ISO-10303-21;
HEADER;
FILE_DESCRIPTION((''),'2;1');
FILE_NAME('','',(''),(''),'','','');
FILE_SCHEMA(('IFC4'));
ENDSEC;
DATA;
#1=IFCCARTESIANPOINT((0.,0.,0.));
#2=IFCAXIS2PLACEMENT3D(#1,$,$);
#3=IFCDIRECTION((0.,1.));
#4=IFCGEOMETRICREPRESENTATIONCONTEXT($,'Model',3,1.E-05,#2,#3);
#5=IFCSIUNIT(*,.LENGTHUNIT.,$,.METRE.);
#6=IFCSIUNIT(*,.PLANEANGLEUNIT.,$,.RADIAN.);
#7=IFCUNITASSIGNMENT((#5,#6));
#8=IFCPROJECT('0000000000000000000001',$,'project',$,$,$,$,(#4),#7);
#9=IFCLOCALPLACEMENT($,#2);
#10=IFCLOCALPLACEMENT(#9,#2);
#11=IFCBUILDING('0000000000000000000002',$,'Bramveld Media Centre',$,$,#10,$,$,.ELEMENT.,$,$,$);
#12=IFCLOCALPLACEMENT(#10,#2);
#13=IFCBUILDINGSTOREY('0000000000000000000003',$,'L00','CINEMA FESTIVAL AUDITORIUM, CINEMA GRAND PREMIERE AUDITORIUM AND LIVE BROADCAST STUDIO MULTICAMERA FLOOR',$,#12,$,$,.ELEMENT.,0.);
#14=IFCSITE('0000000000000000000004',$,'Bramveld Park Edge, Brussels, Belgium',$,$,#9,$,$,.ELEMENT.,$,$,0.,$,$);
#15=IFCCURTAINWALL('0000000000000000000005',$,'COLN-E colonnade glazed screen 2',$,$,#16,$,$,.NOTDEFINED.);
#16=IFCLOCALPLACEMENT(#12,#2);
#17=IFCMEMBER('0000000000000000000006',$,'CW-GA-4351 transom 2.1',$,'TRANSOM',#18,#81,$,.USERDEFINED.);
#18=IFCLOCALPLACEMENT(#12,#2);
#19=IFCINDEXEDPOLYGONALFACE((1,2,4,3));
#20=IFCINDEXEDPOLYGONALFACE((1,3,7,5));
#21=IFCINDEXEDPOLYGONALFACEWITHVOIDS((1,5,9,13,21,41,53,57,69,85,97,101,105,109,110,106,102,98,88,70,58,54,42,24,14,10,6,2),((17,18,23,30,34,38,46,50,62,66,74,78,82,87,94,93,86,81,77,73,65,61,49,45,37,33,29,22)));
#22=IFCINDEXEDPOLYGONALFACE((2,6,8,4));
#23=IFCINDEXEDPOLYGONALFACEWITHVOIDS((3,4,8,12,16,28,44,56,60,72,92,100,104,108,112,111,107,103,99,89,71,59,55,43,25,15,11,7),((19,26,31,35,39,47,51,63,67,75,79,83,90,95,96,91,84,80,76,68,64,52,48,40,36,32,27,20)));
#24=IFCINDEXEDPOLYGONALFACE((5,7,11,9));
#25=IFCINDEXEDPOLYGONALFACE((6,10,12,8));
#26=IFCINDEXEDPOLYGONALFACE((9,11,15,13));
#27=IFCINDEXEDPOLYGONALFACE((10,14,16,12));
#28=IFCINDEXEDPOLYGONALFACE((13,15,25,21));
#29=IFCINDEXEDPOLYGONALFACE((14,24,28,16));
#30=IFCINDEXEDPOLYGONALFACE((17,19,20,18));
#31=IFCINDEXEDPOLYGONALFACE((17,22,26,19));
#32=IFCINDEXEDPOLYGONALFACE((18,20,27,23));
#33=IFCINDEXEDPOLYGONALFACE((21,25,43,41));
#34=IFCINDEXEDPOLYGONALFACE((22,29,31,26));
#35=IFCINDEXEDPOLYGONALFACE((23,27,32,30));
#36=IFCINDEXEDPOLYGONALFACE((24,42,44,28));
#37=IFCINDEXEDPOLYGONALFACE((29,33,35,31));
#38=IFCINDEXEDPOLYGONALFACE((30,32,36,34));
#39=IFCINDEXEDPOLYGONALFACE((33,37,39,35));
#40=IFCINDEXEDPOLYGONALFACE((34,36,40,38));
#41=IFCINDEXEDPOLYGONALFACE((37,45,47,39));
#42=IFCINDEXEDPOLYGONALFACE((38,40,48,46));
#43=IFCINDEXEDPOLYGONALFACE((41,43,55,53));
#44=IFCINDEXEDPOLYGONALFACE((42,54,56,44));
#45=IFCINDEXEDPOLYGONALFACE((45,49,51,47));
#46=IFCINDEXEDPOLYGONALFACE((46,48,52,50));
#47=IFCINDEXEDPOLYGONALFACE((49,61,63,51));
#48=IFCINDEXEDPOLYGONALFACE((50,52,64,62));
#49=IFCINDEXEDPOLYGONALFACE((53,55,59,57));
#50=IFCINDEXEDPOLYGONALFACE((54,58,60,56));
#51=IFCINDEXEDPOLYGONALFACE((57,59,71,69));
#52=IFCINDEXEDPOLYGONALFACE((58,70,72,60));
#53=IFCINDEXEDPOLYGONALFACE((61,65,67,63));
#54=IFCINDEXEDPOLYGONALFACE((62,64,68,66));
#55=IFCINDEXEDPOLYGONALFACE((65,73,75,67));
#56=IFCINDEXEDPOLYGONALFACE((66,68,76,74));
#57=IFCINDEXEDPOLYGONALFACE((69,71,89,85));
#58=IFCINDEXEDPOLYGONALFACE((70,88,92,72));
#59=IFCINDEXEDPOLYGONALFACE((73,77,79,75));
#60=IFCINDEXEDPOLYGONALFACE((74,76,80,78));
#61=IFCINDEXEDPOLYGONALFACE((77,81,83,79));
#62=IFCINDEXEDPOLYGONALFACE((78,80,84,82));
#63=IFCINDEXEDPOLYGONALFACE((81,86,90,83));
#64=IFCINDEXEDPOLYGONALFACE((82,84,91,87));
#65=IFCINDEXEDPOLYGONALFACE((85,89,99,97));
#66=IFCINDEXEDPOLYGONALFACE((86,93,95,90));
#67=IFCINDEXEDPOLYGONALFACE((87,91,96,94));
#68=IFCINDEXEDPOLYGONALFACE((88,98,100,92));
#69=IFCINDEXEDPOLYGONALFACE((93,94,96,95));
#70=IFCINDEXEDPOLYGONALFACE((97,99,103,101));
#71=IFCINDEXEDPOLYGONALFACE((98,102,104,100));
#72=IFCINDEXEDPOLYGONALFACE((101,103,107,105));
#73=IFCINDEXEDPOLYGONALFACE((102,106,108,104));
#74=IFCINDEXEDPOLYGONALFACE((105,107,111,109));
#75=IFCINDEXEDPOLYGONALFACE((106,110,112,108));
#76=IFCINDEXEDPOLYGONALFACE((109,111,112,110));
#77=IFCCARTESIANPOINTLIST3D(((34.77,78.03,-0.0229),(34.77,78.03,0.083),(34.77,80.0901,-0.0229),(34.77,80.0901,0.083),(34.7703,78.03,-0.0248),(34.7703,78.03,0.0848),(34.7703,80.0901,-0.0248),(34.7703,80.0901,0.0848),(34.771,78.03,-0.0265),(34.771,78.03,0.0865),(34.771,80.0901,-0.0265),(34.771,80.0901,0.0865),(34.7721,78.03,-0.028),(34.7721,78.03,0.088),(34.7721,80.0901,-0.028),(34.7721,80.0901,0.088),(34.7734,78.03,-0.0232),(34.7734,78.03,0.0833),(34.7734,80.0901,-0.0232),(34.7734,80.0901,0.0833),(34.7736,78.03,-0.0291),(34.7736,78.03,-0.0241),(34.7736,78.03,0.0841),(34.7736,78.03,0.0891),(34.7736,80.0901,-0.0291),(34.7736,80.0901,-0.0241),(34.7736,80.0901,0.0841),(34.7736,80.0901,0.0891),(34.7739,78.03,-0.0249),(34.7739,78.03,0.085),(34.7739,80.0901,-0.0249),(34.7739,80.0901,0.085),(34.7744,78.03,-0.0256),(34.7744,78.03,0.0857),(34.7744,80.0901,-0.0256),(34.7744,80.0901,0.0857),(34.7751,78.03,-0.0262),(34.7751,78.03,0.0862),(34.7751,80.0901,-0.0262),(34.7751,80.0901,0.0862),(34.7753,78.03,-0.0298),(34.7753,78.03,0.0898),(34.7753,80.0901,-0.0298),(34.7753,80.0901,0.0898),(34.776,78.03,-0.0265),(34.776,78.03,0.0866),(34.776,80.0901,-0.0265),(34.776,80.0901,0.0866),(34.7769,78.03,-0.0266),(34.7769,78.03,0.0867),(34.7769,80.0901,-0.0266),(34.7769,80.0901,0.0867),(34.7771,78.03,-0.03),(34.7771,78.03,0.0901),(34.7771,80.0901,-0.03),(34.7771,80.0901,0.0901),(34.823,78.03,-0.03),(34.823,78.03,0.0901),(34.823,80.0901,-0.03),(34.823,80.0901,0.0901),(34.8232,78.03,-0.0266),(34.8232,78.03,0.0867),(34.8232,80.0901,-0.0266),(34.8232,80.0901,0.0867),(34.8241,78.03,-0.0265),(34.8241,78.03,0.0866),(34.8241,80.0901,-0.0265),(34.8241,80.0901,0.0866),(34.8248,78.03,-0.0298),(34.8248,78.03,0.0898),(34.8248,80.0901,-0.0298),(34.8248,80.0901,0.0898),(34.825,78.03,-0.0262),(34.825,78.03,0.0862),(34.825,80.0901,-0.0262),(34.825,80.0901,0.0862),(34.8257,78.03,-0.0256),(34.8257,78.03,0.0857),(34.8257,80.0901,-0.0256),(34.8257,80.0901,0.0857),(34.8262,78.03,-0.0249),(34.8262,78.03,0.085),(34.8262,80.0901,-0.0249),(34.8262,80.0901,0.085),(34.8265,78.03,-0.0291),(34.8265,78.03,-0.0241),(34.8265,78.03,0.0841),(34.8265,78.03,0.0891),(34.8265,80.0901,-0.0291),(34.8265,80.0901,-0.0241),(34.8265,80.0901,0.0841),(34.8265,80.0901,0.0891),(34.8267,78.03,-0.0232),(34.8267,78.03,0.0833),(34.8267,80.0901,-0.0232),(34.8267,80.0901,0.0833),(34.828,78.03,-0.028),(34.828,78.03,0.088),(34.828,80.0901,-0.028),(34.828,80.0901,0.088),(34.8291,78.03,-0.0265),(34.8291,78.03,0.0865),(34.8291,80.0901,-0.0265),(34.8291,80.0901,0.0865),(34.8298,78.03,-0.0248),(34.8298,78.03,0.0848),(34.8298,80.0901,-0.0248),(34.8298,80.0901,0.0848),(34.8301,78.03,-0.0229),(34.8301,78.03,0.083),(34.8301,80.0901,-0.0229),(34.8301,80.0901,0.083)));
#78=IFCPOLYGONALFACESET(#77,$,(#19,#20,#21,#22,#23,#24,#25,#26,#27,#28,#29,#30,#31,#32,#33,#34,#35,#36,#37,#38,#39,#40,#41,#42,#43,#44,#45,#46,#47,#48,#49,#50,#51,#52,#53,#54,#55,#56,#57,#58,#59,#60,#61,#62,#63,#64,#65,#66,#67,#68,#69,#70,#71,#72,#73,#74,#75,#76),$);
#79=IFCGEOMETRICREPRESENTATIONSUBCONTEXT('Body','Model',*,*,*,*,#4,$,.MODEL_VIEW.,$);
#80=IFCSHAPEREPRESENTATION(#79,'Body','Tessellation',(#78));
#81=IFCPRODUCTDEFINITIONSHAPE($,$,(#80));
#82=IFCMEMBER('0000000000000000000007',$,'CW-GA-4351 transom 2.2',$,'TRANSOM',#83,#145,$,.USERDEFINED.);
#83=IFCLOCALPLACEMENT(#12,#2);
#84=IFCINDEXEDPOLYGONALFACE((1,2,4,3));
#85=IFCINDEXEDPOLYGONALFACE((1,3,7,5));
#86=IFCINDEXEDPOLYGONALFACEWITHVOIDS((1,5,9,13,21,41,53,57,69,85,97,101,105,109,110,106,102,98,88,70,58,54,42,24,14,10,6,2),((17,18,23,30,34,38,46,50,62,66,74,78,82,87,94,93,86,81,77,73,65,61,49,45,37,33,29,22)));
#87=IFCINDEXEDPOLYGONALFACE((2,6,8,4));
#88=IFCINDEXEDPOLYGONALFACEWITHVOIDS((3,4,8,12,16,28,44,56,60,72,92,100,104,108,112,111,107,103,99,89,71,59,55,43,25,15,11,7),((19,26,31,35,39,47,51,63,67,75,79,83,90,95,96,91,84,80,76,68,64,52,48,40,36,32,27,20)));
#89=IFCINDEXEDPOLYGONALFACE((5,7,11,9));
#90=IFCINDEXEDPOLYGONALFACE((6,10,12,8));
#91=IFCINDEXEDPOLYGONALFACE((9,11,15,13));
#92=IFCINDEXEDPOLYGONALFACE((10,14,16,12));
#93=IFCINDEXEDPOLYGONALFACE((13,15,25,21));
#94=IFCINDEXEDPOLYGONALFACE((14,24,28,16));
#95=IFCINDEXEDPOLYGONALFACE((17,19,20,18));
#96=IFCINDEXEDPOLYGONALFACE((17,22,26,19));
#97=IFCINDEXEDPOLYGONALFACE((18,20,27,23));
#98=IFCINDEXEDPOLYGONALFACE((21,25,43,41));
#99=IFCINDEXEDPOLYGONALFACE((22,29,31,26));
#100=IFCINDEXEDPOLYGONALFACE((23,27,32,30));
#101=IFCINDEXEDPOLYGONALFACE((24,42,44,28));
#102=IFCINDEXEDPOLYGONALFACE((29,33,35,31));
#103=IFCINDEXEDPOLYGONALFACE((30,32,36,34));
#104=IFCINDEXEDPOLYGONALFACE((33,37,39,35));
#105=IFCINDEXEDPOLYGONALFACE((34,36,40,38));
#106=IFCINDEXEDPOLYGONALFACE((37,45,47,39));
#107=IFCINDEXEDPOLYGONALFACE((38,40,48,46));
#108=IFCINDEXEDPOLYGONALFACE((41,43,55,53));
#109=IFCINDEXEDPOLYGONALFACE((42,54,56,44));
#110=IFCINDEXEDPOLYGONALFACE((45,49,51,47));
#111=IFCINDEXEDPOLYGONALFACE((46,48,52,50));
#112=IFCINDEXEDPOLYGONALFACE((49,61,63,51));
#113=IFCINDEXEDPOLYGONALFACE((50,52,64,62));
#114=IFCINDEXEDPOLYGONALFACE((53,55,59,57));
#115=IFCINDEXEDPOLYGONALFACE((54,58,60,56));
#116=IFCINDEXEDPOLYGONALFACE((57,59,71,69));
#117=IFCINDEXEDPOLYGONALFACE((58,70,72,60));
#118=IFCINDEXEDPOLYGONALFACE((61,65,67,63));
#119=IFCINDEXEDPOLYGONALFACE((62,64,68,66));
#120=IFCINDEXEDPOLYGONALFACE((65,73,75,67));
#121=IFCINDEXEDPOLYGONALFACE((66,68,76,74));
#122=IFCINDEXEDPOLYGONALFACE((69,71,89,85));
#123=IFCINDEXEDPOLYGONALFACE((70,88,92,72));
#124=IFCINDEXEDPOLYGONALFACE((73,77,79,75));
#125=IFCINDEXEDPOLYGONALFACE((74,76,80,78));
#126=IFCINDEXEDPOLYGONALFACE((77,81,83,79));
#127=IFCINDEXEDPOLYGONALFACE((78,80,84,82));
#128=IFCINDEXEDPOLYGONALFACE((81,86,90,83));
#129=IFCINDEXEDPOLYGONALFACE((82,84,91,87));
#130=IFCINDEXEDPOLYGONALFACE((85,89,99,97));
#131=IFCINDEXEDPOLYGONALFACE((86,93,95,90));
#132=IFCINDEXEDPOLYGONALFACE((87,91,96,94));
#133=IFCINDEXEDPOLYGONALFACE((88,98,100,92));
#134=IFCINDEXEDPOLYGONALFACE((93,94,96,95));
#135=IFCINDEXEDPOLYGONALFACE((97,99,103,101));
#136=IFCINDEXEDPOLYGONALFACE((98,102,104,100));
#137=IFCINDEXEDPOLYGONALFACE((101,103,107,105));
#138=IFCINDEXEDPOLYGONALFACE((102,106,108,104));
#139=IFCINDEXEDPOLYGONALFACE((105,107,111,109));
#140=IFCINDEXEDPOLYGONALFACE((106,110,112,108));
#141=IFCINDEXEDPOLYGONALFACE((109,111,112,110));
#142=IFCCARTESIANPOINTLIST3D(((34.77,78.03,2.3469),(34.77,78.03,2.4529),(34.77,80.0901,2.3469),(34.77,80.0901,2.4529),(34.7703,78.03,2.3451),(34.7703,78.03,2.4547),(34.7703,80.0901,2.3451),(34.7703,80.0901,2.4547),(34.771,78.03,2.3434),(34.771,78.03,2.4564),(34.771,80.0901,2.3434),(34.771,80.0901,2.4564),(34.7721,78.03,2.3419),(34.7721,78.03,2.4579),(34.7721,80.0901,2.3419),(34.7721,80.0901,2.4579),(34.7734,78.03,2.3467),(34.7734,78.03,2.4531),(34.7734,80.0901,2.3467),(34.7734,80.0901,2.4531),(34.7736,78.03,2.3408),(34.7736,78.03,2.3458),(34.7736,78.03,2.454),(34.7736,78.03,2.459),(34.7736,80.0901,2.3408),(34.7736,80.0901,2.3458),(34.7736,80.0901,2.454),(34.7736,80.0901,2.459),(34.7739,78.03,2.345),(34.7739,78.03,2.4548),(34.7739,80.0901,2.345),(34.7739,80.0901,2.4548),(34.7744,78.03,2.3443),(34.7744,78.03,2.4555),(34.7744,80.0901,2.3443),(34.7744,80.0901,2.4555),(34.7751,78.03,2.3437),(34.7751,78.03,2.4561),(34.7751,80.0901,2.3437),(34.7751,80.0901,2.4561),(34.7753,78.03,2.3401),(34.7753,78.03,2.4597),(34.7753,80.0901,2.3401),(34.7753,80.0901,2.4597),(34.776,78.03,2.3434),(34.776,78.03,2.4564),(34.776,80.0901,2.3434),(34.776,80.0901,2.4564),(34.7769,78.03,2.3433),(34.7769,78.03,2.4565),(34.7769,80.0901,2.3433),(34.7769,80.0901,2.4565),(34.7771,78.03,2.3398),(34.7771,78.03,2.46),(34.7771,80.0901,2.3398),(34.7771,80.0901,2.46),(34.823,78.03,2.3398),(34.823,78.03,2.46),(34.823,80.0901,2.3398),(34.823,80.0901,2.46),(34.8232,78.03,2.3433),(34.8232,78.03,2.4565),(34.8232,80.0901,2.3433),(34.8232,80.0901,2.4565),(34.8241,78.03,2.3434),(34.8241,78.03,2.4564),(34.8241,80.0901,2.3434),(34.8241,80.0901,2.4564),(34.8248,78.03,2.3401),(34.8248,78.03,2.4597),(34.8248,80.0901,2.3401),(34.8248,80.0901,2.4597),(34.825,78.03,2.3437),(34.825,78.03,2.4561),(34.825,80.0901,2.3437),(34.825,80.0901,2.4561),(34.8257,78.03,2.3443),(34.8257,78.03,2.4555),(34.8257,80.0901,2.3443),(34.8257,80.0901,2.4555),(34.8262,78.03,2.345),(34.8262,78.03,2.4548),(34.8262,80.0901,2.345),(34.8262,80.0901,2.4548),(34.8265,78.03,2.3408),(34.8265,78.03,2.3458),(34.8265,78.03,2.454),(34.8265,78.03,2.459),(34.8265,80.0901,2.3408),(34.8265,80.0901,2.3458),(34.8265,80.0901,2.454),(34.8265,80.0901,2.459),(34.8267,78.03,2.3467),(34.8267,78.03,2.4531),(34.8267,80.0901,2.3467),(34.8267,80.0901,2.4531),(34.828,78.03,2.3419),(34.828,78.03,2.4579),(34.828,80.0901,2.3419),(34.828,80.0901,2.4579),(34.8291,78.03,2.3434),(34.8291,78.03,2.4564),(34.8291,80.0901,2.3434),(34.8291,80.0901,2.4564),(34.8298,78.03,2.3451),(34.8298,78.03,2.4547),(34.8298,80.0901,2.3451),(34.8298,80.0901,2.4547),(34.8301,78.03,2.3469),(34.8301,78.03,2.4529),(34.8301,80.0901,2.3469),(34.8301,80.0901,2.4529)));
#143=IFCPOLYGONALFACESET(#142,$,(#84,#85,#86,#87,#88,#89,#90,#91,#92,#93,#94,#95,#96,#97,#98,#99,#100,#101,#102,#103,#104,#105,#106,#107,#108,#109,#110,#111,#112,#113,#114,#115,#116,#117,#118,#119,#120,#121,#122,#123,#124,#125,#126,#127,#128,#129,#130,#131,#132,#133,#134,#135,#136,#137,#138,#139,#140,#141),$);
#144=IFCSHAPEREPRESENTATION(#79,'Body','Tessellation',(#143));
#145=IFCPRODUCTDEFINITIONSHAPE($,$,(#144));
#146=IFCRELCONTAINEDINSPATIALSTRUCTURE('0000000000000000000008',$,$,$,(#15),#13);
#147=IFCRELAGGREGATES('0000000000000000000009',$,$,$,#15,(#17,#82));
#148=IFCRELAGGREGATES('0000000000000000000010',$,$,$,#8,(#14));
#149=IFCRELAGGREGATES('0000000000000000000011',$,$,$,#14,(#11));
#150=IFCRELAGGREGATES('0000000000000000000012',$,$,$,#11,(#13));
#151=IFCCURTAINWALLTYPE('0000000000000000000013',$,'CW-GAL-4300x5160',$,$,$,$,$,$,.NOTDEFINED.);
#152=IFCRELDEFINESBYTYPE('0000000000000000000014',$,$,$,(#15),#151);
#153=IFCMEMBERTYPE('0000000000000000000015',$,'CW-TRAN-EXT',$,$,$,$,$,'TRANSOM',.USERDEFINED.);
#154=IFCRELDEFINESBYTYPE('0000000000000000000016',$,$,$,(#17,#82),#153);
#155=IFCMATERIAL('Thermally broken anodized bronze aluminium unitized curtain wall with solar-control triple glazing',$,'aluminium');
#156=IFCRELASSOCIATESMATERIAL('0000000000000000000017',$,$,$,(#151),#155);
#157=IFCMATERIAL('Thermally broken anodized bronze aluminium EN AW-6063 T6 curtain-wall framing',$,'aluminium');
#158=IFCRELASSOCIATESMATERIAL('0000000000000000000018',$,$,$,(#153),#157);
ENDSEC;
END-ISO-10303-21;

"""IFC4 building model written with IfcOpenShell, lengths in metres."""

from ifc_helpers import new_model, si_unit, direction, frame, origin, origin_2d, place, context, subcontext, project, spatial, hollow_rectangle, extrude, material, material_profile, profile_set, type_object, element, aggregate, save


model = new_model("IFC4")

# Units and contexts
model_context = context("Model", 3, precision=1e-05, world=origin(), true_north=direction((0.0, 1.0)))
body_context = subcontext(model_context, "Body", "Model", "MODEL_VIEW")
ifc_project = project(units=[si_unit("LENGTHUNIT", "METRE"), si_unit("PLANEANGLEUNIT", "RADIAN")], contexts=[model_context])

# Site, building, storey
site_placement = place(None, origin())
site = spatial("IfcSite", under=ifc_project, at=site_placement, Name="Bramveld Park Edge, Brussels, Belgium", CompositionType="ELEMENT", RefElevation=0.0)
building_placement = place(site_placement, origin())
building = spatial("IfcBuilding", under=site, at=building_placement, Name="Bramveld Media Centre", CompositionType="ELEMENT")
storey_placement = place(building_placement, origin())
storey = spatial("IfcBuildingStorey", under=building, at=storey_placement, Name="L00", Description="CINEMA FESTIVAL AUDITORIUM, CINEMA GRAND PREMIERE AUDITORIUM AND LIVE BROADCAST STUDIO MULTICAMERA FLOOR", CompositionType="ELEMENT", Elevation=0.0)

# Curtain wall
ifc_material_1 = material(Name="Thermally broken anodized bronze aluminium unitized curtain wall with solar-control triple glazing", Category="aluminium")
curtain_wall_type_1 = type_object("IfcCurtainWallType", Name="CW-GAL-4300x5160", PredefinedType="NOTDEFINED", material=ifc_material_1)
curtain_wall_1_placement = place(storey_placement, origin())
curtain_wall_1 = element("IfcCurtainWall", 1, at=curtain_wall_1_placement, inside=storey, type_object=curtain_wall_type_1, Name="COLN-E colonnade glazed screen 2", PredefinedType="NOTDEFINED")

# Members
ifc_material_2 = material(Name="Thermally broken anodized bronze aluminium EN AW-6063 T6 curtain-wall framing", Category="aluminium")
ifc_material_profile_1 = material_profile(ifc_material_2, hollow_rectangle(XDim=0.0601, YDim=0.1201, WallThickness=0.0034, InnerFilletRadius=0.0034, OuterFilletRadius=0.0071, at=origin_2d()), Name="AL-TRAN 60x120")
ifc_profile_set_1 = profile_set([ifc_material_profile_1], Name="Thermally broken anodized bronze aluminium EN AW-6063 T6 curtain-wall framing")
member_type_1 = type_object("IfcMemberType", Name="CW-TRAN-EXT", ElementType="TRANSOM", PredefinedType="USERDEFINED", material=ifc_profile_set_1)
member_1_placement = place(storey_placement, frame((34.8, 78.03, 0.03), z_axis=(0.0, 1.0, 0.0), x_axis=(-1.0, 0.0, 0.0)))
member_1 = element("IfcMember", 2, at=member_1_placement, type_object=member_type_1, Name="CW-GA-4351 transom 2.1", ObjectType="TRANSOM", PredefinedType="USERDEFINED", context=body_context, shape_type="SweptSolid", body=[
    extrude(hollow_rectangle(XDim=0.0601, YDim=0.1201, WallThickness=0.0034, InnerFilletRadius=0.0034, OuterFilletRadius=0.0071, at=origin_2d()), origin(), (0.0, 0.0, 1.0), 2.0601),
])
member_2_placement = place(storey_placement, frame((34.8, 78.03, 2.3999), z_axis=(0.0, 1.0, 0.0), x_axis=(-1.0, 0.0, 0.0)))
member_2 = element("IfcMember", 3, at=member_2_placement, type_object=member_type_1, Name="CW-GA-4351 transom 2.2", ObjectType="TRANSOM", PredefinedType="USERDEFINED", context=body_context, shape_type="SweptSolid", body=[
    extrude(hollow_rectangle(XDim=0.0601, YDim=0.1201, WallThickness=0.0034, InnerFilletRadius=0.0034, OuterFilletRadius=0.0071, at=origin_2d()), origin(), (0.0, 0.0, 1.0), 2.0601),
])

aggregate(curtain_wall_1, [member_1, member_2])

save(model, "model.ifc")
